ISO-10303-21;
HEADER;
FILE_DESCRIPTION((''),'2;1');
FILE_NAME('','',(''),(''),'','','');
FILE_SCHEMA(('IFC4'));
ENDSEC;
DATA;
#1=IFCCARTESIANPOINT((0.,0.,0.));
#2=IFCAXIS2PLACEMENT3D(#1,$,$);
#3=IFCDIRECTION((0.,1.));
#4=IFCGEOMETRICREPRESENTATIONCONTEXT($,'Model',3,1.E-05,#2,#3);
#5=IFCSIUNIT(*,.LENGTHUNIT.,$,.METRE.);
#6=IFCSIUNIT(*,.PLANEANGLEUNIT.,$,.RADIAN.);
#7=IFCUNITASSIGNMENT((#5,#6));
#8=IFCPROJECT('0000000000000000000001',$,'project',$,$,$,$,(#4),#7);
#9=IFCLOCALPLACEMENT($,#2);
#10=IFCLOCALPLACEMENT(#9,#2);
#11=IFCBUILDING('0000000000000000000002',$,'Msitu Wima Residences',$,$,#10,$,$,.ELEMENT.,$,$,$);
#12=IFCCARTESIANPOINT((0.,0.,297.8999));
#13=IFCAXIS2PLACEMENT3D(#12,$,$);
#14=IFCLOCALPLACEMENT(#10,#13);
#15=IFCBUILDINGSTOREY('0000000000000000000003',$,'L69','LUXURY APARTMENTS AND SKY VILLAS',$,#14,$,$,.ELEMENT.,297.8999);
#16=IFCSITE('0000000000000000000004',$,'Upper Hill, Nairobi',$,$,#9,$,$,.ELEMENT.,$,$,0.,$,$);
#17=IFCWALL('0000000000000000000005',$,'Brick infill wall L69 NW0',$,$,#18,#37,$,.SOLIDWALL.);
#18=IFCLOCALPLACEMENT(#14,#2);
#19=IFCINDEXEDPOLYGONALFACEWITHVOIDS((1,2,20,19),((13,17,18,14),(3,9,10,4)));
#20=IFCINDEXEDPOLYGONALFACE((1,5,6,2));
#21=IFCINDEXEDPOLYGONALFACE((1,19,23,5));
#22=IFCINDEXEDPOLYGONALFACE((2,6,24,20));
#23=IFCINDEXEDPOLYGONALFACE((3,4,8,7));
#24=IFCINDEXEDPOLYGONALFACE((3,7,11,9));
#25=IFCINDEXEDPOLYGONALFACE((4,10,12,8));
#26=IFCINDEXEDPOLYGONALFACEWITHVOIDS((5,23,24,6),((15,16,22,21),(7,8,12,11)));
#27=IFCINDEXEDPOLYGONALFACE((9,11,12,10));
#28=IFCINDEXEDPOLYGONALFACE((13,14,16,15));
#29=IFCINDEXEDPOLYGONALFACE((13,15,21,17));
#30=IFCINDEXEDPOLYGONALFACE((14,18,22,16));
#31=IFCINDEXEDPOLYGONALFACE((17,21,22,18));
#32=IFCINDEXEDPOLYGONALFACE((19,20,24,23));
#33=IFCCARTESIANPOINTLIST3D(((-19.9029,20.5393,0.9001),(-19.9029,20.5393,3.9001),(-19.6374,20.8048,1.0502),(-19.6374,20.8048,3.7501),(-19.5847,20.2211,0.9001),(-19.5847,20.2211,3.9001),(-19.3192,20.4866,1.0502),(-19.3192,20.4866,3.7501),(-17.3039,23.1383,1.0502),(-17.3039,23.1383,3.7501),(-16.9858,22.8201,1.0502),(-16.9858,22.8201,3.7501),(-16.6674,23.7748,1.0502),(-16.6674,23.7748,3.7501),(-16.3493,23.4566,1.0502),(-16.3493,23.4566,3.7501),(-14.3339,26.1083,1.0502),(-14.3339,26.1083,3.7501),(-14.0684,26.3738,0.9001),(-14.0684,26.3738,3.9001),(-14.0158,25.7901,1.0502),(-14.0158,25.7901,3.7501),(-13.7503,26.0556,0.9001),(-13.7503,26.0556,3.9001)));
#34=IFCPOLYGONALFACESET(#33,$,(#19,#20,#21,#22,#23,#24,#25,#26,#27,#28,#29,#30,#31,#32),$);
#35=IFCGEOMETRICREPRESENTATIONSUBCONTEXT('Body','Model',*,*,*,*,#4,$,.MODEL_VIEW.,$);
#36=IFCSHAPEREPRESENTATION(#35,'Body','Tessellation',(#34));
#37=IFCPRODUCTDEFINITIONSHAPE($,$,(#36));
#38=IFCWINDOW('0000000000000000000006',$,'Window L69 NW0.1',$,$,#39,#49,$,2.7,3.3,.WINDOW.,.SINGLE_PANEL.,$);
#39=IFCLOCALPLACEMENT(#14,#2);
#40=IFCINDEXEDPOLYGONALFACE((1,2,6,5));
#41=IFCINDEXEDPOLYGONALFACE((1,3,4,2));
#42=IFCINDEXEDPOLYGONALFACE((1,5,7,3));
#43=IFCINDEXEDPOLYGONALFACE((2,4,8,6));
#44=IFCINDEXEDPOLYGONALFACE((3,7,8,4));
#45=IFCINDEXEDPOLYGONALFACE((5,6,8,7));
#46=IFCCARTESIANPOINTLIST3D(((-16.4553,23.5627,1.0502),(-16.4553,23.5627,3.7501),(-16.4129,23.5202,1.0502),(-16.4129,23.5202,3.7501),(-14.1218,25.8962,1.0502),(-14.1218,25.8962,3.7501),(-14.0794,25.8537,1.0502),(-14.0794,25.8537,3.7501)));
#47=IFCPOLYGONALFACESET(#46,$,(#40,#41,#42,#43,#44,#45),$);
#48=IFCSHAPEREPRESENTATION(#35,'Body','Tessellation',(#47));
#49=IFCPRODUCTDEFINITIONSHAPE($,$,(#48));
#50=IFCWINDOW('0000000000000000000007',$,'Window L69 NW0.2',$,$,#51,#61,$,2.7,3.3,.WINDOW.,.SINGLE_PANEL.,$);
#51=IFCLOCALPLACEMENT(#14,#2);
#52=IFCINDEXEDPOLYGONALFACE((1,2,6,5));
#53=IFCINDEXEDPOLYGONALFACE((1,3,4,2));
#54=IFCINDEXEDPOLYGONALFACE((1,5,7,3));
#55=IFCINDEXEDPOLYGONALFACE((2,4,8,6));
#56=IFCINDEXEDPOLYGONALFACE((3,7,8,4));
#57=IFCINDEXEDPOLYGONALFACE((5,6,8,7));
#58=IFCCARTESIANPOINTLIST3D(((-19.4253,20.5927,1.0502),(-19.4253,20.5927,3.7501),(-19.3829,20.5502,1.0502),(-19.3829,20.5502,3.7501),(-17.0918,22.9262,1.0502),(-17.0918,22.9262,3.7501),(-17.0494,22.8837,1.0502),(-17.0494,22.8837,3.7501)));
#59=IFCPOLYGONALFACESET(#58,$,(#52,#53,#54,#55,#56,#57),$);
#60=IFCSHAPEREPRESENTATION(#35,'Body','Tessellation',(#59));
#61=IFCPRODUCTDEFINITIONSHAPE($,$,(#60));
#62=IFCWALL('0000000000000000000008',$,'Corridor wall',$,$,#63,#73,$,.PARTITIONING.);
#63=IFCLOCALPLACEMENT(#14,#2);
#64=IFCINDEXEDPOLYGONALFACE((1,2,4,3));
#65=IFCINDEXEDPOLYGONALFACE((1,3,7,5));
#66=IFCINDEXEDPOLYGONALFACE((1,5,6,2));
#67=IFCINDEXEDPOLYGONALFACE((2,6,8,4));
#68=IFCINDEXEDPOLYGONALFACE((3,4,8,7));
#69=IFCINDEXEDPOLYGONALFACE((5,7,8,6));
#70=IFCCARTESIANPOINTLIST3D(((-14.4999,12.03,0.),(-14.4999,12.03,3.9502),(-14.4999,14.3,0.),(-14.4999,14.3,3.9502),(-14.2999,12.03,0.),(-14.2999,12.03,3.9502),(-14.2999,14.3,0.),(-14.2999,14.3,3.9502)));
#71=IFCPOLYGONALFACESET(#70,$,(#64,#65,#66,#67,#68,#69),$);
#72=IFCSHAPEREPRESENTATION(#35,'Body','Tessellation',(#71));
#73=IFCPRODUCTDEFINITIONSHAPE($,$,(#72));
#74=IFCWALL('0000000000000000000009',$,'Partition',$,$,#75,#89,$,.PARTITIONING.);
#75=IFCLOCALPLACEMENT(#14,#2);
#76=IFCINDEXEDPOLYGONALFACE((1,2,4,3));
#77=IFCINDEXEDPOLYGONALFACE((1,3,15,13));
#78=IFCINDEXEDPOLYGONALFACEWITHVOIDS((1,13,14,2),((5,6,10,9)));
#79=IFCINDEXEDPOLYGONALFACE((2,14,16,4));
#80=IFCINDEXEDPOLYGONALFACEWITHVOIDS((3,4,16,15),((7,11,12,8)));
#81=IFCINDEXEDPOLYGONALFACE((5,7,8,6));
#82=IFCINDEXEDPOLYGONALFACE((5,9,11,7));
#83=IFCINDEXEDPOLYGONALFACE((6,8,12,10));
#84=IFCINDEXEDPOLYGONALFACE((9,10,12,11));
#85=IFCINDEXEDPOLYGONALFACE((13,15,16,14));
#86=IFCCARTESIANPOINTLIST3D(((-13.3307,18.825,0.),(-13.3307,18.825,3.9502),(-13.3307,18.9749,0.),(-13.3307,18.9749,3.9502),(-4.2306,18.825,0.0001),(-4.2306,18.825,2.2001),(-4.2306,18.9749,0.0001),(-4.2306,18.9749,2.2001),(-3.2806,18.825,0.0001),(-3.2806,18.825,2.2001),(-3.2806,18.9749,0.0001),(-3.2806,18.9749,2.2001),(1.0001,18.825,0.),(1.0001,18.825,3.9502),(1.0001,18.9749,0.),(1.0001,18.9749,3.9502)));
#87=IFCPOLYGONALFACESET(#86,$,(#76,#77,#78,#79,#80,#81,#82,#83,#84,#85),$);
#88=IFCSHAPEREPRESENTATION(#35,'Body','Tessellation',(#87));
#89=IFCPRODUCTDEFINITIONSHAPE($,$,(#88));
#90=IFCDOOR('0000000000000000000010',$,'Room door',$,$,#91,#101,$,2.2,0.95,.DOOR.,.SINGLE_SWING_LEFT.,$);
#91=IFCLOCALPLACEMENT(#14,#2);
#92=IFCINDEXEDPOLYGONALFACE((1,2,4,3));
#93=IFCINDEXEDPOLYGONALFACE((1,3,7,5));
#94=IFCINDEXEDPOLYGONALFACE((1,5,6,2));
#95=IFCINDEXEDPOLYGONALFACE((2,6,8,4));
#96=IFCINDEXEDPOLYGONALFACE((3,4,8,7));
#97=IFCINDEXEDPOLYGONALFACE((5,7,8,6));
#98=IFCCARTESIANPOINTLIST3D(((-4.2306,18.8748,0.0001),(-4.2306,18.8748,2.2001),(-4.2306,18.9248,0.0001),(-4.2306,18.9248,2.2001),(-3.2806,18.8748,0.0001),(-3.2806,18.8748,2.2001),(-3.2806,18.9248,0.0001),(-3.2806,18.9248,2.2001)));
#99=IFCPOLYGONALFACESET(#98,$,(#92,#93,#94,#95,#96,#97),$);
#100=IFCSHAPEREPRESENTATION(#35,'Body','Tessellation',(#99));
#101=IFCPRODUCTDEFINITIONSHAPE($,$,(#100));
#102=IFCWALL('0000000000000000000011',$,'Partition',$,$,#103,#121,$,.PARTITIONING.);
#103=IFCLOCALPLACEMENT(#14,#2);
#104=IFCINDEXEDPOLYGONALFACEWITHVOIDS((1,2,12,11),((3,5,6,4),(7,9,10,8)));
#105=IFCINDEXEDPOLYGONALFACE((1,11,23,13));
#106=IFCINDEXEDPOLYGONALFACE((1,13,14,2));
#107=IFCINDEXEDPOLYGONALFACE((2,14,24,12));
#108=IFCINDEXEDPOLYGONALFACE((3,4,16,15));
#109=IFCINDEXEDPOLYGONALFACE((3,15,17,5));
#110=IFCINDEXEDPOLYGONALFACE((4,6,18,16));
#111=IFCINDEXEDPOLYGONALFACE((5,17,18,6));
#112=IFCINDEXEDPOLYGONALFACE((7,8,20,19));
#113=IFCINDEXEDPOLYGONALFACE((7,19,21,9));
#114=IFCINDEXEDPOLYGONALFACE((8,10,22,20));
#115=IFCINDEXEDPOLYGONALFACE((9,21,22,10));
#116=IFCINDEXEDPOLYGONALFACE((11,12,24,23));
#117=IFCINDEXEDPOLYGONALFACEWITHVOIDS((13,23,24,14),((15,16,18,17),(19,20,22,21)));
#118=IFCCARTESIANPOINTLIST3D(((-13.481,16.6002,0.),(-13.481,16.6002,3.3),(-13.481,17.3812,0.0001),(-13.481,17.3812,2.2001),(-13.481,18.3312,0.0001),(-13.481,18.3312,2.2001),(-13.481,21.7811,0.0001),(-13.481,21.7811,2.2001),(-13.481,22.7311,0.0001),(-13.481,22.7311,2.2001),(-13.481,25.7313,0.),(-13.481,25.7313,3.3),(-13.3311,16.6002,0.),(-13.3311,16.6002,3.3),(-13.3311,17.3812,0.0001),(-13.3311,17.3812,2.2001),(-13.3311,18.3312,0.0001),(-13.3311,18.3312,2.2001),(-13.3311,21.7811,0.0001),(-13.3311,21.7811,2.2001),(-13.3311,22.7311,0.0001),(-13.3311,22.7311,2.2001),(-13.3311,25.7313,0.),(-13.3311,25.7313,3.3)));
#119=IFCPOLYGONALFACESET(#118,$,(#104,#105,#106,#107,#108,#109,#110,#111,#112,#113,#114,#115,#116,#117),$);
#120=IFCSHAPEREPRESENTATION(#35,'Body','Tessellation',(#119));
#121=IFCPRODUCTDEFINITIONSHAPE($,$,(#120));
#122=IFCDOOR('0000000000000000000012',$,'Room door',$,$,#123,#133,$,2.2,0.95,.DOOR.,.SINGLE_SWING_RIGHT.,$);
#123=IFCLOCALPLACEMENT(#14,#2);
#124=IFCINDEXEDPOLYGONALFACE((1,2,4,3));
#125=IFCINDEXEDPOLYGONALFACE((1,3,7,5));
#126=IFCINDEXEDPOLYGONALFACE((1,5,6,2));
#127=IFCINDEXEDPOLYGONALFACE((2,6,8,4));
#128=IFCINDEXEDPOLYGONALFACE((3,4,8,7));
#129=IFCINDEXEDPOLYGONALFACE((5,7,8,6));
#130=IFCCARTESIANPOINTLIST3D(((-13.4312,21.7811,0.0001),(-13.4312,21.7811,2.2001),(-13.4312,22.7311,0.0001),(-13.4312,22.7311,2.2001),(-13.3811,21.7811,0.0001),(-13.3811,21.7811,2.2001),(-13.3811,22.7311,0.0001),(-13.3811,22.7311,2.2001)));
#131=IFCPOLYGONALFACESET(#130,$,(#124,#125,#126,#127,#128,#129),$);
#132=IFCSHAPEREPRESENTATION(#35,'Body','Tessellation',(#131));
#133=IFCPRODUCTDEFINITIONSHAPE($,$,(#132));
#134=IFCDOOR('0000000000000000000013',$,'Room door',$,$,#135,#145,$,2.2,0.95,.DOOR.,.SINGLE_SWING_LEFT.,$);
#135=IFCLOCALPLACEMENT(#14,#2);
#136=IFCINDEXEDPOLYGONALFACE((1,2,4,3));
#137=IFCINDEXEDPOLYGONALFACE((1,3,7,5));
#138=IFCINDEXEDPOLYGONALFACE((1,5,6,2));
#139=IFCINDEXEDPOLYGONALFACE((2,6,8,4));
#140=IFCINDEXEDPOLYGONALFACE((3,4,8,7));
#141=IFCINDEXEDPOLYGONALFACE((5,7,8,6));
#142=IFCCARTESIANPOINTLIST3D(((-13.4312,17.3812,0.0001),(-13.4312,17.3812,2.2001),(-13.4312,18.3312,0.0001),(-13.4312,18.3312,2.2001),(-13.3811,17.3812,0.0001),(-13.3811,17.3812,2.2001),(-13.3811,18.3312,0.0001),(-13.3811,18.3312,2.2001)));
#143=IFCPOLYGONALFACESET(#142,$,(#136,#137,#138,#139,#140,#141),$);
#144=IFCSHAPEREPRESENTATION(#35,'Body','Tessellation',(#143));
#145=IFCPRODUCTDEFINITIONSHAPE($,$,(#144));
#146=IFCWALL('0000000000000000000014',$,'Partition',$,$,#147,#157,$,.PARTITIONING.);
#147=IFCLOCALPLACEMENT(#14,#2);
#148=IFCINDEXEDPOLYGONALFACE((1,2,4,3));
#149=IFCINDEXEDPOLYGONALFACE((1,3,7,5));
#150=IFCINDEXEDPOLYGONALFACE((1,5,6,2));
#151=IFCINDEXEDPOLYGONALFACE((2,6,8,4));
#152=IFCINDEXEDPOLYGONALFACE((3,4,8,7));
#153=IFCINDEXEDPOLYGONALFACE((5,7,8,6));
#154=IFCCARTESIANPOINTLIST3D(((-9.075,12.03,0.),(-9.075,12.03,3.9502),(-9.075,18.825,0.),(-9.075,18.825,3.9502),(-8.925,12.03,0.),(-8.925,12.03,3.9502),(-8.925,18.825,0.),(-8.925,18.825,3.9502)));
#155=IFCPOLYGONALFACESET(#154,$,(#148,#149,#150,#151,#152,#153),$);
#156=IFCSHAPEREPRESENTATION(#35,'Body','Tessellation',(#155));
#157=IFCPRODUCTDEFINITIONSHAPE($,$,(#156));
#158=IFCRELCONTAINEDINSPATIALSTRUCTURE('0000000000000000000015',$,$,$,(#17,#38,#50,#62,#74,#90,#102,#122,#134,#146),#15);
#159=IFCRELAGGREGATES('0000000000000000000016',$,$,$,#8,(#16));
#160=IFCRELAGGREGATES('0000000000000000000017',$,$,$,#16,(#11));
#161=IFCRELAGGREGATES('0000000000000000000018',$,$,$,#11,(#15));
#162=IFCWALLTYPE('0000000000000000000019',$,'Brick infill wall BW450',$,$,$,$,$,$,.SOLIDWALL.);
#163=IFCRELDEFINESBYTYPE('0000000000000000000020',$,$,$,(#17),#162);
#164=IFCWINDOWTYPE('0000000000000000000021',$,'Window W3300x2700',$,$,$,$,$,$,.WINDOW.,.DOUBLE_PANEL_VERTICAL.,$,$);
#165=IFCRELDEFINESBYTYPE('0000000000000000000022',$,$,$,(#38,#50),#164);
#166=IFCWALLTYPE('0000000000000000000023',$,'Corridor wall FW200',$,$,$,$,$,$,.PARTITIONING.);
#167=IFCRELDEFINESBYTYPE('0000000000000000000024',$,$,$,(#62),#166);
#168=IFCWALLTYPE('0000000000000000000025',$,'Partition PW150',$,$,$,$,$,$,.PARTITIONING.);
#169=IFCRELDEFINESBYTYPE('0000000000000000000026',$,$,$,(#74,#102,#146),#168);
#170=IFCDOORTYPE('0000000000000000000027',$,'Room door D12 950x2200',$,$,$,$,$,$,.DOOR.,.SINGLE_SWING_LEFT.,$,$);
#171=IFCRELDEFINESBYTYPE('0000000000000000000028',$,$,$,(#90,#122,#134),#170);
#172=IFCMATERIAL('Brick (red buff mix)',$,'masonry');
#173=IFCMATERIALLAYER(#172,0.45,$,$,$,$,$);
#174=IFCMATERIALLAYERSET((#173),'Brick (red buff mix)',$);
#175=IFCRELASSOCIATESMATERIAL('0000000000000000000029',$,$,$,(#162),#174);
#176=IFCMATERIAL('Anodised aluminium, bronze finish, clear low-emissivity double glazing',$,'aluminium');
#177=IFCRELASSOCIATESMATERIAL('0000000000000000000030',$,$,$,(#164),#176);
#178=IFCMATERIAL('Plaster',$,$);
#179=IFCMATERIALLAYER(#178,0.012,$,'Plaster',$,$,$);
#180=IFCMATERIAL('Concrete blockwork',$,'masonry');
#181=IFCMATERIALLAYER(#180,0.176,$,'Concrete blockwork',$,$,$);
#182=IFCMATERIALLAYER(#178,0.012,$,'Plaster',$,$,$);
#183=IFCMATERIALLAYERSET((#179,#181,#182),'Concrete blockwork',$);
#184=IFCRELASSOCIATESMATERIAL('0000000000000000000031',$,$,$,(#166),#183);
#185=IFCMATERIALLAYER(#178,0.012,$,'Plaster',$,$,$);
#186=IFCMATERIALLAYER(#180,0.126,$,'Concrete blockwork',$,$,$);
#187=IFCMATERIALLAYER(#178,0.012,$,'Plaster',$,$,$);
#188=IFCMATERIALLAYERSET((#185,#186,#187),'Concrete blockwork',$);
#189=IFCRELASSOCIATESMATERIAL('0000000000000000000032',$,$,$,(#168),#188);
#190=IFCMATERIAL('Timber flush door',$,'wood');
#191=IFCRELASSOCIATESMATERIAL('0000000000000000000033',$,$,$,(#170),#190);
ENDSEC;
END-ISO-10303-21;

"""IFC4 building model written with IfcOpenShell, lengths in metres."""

from ifc_helpers import new_model, si_unit, direction, frame, frame_2d, origin, place, context, subcontext, project, spatial, rectangle, extrude, material, layer, layer_set, type_object, element, fill, save


model = new_model("IFC4")

# Units and contexts
model_context = context("Model", 3, precision=1e-05, world=origin(), true_north=direction((0.0, 1.0)))
body_context = subcontext(model_context, "Body", "Model", "MODEL_VIEW")
ifc_project = project(units=[si_unit("LENGTHUNIT", "METRE"), si_unit("PLANEANGLEUNIT", "RADIAN")], contexts=[model_context])

# Site, building, storey
site_placement = place(None, origin())
site = spatial("IfcSite", under=ifc_project, at=site_placement, Name="Upper Hill, Nairobi", CompositionType="ELEMENT", RefElevation=0.0)
building_placement = place(site_placement, origin())
building = spatial("IfcBuilding", under=site, at=building_placement, Name="Msitu Wima Residences", CompositionType="ELEMENT")
storey_placement = place(building_placement, frame((0.0, 0.0, 297.8999)))
storey = spatial("IfcBuildingStorey", under=building, at=storey_placement, Name="L69", Description="LUXURY APARTMENTS AND SKY VILLAS", CompositionType="ELEMENT", Elevation=297.8999)

# Wall, openings, windows
ifc_material_1 = material(Name="Brick (red buff mix)", Category="masonry")
ifc_layer_1 = layer(ifc_material_1, 0.45)
ifc_layer_set_1 = layer_set([ifc_layer_1], Name="Brick (red buff mix)")
wall_type_1 = type_object("IfcWallType", Name="Brick infill wall BW450", PredefinedType="SOLIDWALL", material=ifc_layer_set_1)
ifc_material_2 = material(Name="Anodised aluminium, bronze finish, clear low-emissivity double glazing", Category="aluminium")
window_type = type_object("IfcWindowType", Name="Window W3300x2700", PartitioningType="DOUBLE_PANEL_VERTICAL", PredefinedType="WINDOW", material=ifc_material_2)
wall_1_placement = place(storey_placement, frame((-13.9094, 26.2146, 0.9001), z_axis=(0.0, 0.0, 1.0), x_axis=(-0.707107, -0.707107, 0.0)))
wall_1 = element("IfcWall", 1, at=wall_1_placement, inside=storey, type_object=wall_type_1, Name="Brick infill wall L69 NW0", PredefinedType="SOLIDWALL", context=body_context, shape_type="SweptSolid", body=[
    extrude(rectangle(XDim=8.2512, YDim=0.45, at=frame_2d((4.1255, 0.0))), origin(), (0.0, 0.0, 1.0), 3.0),
])
opening_1_placement = place(wall_1_placement, frame((0.3755, 0.0, 0.1499)))
opening_1 = element("IfcOpeningElement", 2, at=opening_1_placement, cuts=wall_1, PredefinedType="OPENING", context=body_context, shape_type="SweptSolid", body=[
    extrude(rectangle(XDim=3.3, YDim=2.7, at=frame_2d((1.6499, 1.3501))), frame((0.0, 0.2349, 0.0), z_axis=(0.0, -1.0, 0.0), x_axis=(1.0, 0.0, 0.0)), (0.0, 0.0, 1.0), 0.47),
])
opening_2_placement = place(wall_1_placement, frame((4.5757, 0.0, 0.1499)))
opening_2 = element("IfcOpeningElement", 3, at=opening_2_placement, cuts=wall_1, PredefinedType="OPENING", context=body_context, shape_type="SweptSolid", body=[
    extrude(rectangle(XDim=3.3, YDim=2.7, at=frame_2d((1.6499, 1.3501))), frame((0.0, 0.2349, 0.0), z_axis=(0.0, -1.0, 0.0), x_axis=(1.0, 0.0, 0.0)), (0.0, 0.0, 1.0), 0.47),
])
window_1_placement = place(opening_1_placement, origin())
window_1 = element("IfcWindow", 4, at=window_1_placement, inside=storey, type_object=window_type, Name="Window L69 NW0.1", OverallHeight=2.7, OverallWidth=3.3, PartitioningType="SINGLE_PANEL", PredefinedType="WINDOW", context=body_context, shape_type="SweptSolid", body=[
    extrude(rectangle(XDim=3.3, YDim=2.7, at=frame_2d((1.6499, 1.3501))), frame((0.0, 0.135, 0.0), z_axis=(0.0, -1.0, 0.0), x_axis=(1.0, 0.0, 0.0)), (0.0, 0.0, 1.0), 0.0601),
])
fill(opening_1, window_1)
window_2_placement = place(opening_2_placement, origin())
window_2 = element("IfcWindow", 5, at=window_2_placement, inside=storey, type_object=window_type, Name="Window L69 NW0.2", OverallHeight=2.7, OverallWidth=3.3, PartitioningType="SINGLE_PANEL", PredefinedType="WINDOW", context=body_context, shape_type="SweptSolid", body=[
    extrude(rectangle(XDim=3.3, YDim=2.7, at=frame_2d((1.6499, 1.3501))), frame((0.0, 0.135, 0.0), z_axis=(0.0, -1.0, 0.0), x_axis=(1.0, 0.0, 0.0)), (0.0, 0.0, 1.0), 0.0601),
])
fill(opening_2, window_2)

# Wall
ifc_material_3 = material(Name="Plaster")
ifc_layer_2 = layer(ifc_material_3, 0.012, Name="Plaster")
ifc_material_4 = material(Name="Concrete blockwork", Category="masonry")
ifc_layer_3 = layer(ifc_material_4, 0.176, Name="Concrete blockwork")
ifc_layer_4 = layer(ifc_material_3, 0.012, Name="Plaster")
ifc_layer_set_2 = layer_set([ifc_layer_2, ifc_layer_3, ifc_layer_4], Name="Concrete blockwork")
wall_type_2 = type_object("IfcWallType", Name="Corridor wall FW200", PredefinedType="PARTITIONING", material=ifc_layer_set_2)
wall_2_placement = place(storey_placement, frame((-14.3999, 12.03, 0.0), z_axis=(0.0, 0.0, 1.0), x_axis=(0.0, 1.0, 0.0)))
element("IfcWall", 6, at=wall_2_placement, inside=storey, type_object=wall_type_2, Name="Corridor wall", PredefinedType="PARTITIONING", context=body_context, shape_type="SweptSolid", body=[
    extrude(rectangle(XDim=2.27, YDim=0.2, at=frame_2d((1.135, 0.0))), origin(), (0.0, 0.0, 1.0), 3.9502),
])

# Wall, opening, door
ifc_layer_5 = layer(ifc_material_3, 0.012, Name="Plaster")
ifc_layer_6 = layer(ifc_material_4, 0.126, Name="Concrete blockwork")
ifc_layer_7 = layer(ifc_material_3, 0.012, Name="Plaster")
ifc_layer_set_3 = layer_set([ifc_layer_5, ifc_layer_6, ifc_layer_7], Name="Concrete blockwork")
wall_type_3 = type_object("IfcWallType", Name="Partition PW150", PredefinedType="PARTITIONING", material=ifc_layer_set_3)
wall_3_placement = place(storey_placement, frame((-13.3308, 18.8999, 0.0), z_axis=(0.0, 0.0, 1.0), x_axis=(1.0, 0.0, 0.0)))
wall_3 = element("IfcWall", 7, at=wall_3_placement, inside=storey, type_object=wall_type_3, Name="Partition", PredefinedType="PARTITIONING", context=body_context, shape_type="SweptSolid", body=[
    extrude(rectangle(XDim=14.3308, YDim=0.1499, at=frame_2d((7.1655, 0.0))), origin(), (0.0, 0.0, 1.0), 3.9502),
])
opening_3_placement = place(wall_3_placement, frame((9.1001, 0.0, 0.0)))
opening_3 = element("IfcOpeningElement", 8, at=opening_3_placement, cuts=wall_3, PredefinedType="OPENING", context=body_context, shape_type="SweptSolid", body=[
    extrude(rectangle(XDim=0.95, YDim=2.2, at=frame_2d((0.4751, 1.1001))), frame((0.0, 0.085, 0.0), z_axis=(0.0, -1.0, 0.0), x_axis=(1.0, 0.0, 0.0)), (0.0, 0.0, 1.0), 0.1699),
])
ifc_material_5 = material(Name="Timber flush door", Category="wood")
door_type_1 = type_object("IfcDoorType", Name="Room door D12 950x2200", OperationType="SINGLE_SWING_LEFT", PredefinedType="DOOR", material=ifc_material_5)
door_1_placement = place(opening_3_placement, origin())
door_1 = element("IfcDoor", 9, at=door_1_placement, inside=storey, type_object=door_type_1, Name="Room door", OperationType="SINGLE_SWING_LEFT", OverallHeight=2.2, OverallWidth=0.95, PredefinedType="DOOR", context=body_context, shape_type="SweptSolid", body=[
    extrude(rectangle(XDim=0.95, YDim=2.2, at=frame_2d((0.4751, 1.1001))), frame((0.0, 0.0249, 0.0), z_axis=(0.0, -1.0, 0.0), x_axis=(1.0, 0.0, 0.0)), (0.0, 0.0, 1.0), 0.05),
])
fill(opening_3, door_1)

# Wall, openings, doors
wall_4_placement = place(storey_placement, frame((-13.406, 25.7312, 0.0), z_axis=(0.0, 0.0, 1.0), x_axis=(0.0, -1.0, 0.0)))
wall_4 = element("IfcWall", 10, at=wall_4_placement, inside=storey, type_object=wall_type_3, Name="Partition", PredefinedType="PARTITIONING", context=body_context, shape_type="SweptSolid", body=[
    extrude(rectangle(XDim=9.1311, YDim=0.1499, at=frame_2d((4.5654, 0.0))), origin(), (0.0, 0.0, 1.0), 3.3),
])
opening_4_placement = place(wall_4_placement, frame((3.0, 0.0, 0.0)))
opening_4 = element("IfcOpeningElement", 11, at=opening_4_placement, cuts=wall_4, PredefinedType="OPENING", context=body_context, shape_type="SweptSolid", body=[
    extrude(rectangle(XDim=0.95, YDim=2.2, at=frame_2d((0.4751, 1.1001))), frame((0.0, 0.085, 0.0), z_axis=(0.0, -1.0, 0.0), x_axis=(1.0, 0.0, 0.0)), (0.0, 0.0, 1.0), 0.1699),
])
opening_5_placement = place(wall_4_placement, frame((7.3999, 0.0, 0.0)))
opening_5 = element("IfcOpeningElement", 12, at=opening_5_placement, cuts=wall_4, PredefinedType="OPENING", context=body_context, shape_type="SweptSolid", body=[
    extrude(rectangle(XDim=0.95, YDim=2.2, at=frame_2d((0.4751, 1.1001))), frame((0.0, 0.085, 0.0), z_axis=(0.0, -1.0, 0.0), x_axis=(1.0, 0.0, 0.0)), (0.0, 0.0, 1.0), 0.1699),
])
door_2_placement = place(opening_4_placement, origin())
door_2 = element("IfcDoor", 13, at=door_2_placement, inside=storey, type_object=door_type_1, Name="Room door", OperationType="SINGLE_SWING_RIGHT", OverallHeight=2.2, OverallWidth=0.95, PredefinedType="DOOR", context=body_context, shape_type="SweptSolid", body=[
    extrude(rectangle(XDim=0.95, YDim=2.2, at=frame_2d((0.4751, 1.1001))), frame((0.0, 0.0249, 0.0), z_axis=(0.0, -1.0, 0.0), x_axis=(1.0, 0.0, 0.0)), (0.0, 0.0, 1.0), 0.05),
])
fill(opening_4, door_2)
door_3_placement = place(opening_5_placement, origin())
door_3 = element("IfcDoor", 14, at=door_3_placement, inside=storey, type_object=door_type_1, Name="Room door", OperationType="SINGLE_SWING_LEFT", OverallHeight=2.2, OverallWidth=0.95, PredefinedType="DOOR", context=body_context, shape_type="SweptSolid", body=[
    extrude(rectangle(XDim=0.95, YDim=2.2, at=frame_2d((0.4751, 1.1001))), frame((0.0, 0.0249, 0.0), z_axis=(0.0, -1.0, 0.0), x_axis=(1.0, 0.0, 0.0)), (0.0, 0.0, 1.0), 0.05),
])
fill(opening_5, door_3)

# Wall
wall_5_placement = place(storey_placement, frame((-9.0, 12.03, 0.0), z_axis=(0.0, 0.0, 1.0), x_axis=(0.0, 1.0, 0.0)))
element("IfcWall", 15, at=wall_5_placement, inside=storey, type_object=wall_type_3, Name="Partition", PredefinedType="PARTITIONING", context=body_context, shape_type="SweptSolid", body=[
    extrude(rectangle(XDim=6.7949, YDim=0.1499, at=frame_2d((3.3975, 0.0))), origin(), (0.0, 0.0, 1.0), 3.9502),
])

save(model, "model.ifc")
